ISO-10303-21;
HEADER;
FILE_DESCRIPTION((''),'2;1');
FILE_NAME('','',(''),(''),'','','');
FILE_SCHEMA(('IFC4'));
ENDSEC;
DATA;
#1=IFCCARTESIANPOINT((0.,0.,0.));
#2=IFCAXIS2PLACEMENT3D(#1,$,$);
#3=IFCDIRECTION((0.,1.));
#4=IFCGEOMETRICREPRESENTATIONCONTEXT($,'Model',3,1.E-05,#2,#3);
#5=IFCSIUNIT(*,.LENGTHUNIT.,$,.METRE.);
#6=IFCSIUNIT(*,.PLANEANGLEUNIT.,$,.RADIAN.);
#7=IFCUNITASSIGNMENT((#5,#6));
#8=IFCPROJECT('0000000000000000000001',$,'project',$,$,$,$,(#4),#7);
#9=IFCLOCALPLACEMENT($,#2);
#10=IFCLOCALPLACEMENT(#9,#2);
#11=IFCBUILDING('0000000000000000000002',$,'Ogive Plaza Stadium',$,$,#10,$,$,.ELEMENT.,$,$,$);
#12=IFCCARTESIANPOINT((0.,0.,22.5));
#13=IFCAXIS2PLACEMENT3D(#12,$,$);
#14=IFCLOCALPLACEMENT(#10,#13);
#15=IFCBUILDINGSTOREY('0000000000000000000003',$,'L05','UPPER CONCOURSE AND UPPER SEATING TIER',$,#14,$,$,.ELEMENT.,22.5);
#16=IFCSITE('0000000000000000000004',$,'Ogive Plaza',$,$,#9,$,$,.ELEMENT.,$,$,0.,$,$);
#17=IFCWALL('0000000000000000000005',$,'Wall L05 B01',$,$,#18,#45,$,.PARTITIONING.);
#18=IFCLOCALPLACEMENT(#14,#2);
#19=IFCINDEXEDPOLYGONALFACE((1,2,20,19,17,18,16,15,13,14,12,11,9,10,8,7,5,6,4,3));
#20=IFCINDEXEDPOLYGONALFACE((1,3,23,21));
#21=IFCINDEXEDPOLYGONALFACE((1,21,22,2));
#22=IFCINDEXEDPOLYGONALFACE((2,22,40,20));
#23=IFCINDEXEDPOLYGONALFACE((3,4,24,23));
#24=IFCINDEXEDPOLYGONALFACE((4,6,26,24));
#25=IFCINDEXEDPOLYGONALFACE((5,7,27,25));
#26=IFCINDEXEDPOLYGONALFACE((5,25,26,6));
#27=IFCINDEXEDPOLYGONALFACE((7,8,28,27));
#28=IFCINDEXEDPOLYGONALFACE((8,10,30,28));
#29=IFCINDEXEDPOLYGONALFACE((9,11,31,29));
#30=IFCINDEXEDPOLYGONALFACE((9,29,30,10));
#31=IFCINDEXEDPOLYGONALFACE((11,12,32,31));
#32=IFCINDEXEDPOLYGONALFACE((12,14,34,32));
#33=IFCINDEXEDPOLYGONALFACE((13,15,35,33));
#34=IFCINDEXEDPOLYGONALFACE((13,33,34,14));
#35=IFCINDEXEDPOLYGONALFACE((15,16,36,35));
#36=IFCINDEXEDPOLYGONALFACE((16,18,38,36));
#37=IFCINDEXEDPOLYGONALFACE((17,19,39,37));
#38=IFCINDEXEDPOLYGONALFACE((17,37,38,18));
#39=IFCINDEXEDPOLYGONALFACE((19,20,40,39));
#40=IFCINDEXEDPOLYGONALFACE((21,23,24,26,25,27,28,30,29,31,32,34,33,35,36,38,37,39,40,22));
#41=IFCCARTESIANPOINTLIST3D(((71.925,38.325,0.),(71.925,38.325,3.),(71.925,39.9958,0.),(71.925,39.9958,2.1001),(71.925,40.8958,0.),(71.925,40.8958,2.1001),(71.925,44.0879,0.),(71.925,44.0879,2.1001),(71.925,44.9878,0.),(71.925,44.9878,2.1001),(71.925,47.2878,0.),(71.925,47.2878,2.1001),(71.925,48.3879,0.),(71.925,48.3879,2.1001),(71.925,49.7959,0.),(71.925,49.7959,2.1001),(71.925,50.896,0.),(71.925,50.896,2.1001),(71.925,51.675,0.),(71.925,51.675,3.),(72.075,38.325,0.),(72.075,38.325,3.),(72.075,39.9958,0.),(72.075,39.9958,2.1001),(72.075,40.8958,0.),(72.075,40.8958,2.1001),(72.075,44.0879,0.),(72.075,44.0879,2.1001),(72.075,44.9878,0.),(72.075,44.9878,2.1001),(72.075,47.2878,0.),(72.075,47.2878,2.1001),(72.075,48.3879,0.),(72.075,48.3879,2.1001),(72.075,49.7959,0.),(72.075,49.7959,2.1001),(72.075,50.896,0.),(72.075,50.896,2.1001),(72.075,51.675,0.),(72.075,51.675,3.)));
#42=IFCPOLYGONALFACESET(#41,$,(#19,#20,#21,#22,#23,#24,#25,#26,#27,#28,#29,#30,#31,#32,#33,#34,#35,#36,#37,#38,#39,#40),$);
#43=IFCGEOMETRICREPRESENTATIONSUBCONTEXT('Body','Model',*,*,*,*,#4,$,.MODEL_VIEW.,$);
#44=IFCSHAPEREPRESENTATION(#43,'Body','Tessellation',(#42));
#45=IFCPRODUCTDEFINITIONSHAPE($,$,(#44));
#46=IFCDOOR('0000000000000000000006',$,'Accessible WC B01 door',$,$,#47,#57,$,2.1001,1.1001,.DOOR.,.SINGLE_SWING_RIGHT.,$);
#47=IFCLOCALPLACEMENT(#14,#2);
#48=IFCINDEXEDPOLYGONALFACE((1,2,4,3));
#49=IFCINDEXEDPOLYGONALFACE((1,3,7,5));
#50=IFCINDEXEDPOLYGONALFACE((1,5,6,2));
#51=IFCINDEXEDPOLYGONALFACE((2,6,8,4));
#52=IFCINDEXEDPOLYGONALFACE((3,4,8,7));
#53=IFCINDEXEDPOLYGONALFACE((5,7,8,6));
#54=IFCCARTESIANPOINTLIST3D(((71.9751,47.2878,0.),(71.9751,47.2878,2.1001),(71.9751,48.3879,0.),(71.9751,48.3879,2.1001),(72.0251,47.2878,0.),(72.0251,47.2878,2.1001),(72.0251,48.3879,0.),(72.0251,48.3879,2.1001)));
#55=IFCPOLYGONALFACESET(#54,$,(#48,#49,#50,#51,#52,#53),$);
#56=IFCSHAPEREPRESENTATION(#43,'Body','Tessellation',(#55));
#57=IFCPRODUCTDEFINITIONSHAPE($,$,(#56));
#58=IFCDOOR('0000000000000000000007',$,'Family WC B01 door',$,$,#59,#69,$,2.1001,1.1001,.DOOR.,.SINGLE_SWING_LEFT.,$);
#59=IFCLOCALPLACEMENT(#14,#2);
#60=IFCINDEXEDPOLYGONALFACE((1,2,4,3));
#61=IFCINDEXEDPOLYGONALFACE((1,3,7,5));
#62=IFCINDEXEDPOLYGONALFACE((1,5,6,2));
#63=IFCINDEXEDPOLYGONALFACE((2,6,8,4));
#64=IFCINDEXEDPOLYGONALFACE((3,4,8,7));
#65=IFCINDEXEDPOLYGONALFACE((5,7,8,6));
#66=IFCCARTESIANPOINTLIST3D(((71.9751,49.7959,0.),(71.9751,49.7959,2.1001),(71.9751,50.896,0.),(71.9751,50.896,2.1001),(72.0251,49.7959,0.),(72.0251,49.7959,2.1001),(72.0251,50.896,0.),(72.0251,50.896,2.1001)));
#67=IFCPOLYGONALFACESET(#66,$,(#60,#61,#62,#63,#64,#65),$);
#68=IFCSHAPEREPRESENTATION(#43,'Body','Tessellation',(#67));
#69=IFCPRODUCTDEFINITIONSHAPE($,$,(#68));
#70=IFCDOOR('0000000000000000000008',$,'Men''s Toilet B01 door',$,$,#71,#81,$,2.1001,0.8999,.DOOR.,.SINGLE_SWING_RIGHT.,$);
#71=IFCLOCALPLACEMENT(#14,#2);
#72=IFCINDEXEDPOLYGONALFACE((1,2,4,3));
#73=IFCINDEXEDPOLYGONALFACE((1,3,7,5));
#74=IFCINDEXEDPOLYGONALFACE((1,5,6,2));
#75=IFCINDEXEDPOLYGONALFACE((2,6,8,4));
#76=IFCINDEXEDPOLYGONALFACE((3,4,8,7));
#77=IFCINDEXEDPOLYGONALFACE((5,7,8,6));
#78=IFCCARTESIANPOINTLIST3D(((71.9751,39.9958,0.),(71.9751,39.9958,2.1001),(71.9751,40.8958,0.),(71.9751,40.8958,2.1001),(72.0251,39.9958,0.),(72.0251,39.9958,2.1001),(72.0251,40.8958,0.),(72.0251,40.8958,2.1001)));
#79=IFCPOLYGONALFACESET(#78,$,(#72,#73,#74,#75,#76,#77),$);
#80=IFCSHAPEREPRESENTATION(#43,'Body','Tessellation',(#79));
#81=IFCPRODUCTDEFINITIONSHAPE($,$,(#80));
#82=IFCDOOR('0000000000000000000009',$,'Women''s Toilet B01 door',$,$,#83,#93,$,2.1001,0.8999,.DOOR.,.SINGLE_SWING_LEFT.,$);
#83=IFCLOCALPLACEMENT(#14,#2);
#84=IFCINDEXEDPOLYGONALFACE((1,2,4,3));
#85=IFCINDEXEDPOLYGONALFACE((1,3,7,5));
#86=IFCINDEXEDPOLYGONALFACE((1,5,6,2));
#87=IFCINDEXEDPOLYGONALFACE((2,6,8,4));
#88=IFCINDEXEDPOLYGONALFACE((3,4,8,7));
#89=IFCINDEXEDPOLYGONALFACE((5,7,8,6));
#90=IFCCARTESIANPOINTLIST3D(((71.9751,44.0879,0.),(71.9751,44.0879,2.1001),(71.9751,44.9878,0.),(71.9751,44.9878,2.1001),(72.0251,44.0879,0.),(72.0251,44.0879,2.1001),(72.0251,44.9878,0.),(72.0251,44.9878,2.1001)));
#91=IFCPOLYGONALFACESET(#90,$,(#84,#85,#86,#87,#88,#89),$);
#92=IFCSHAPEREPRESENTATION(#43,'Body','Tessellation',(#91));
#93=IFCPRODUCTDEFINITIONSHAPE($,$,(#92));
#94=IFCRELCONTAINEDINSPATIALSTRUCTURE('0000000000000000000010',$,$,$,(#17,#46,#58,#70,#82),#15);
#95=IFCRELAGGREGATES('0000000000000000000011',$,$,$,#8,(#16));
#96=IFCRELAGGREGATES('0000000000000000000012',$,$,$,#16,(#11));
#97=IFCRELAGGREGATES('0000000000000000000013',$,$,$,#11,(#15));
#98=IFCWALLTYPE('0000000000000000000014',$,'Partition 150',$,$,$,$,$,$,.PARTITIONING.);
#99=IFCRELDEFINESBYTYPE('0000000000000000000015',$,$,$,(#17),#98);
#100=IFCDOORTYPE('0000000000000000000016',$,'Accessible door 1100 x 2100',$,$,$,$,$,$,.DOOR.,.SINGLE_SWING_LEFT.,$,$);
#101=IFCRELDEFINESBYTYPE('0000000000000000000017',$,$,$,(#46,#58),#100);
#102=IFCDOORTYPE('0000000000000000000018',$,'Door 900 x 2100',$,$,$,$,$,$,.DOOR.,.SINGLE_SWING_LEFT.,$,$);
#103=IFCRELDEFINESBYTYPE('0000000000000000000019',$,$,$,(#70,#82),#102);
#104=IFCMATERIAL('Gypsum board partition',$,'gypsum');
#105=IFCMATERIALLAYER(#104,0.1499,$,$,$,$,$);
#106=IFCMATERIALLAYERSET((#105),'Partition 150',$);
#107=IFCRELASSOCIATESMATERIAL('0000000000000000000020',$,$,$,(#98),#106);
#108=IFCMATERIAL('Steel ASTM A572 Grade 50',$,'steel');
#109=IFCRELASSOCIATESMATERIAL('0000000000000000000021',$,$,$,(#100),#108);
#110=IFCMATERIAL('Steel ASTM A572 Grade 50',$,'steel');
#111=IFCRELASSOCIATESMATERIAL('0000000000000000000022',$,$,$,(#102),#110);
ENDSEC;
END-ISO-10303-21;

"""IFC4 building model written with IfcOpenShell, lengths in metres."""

from ifc_helpers import new_model, si_unit, direction, frame, frame_2d, origin, place, context, subcontext, project, spatial, rectangle, extrude, material, layer, layer_set, type_object, element, fill, save


model = new_model("IFC4")

# Units and contexts
model_context = context("Model", 3, precision=1e-05, world=origin(), true_north=direction((0.0, 1.0)))
body_context = subcontext(model_context, "Body", "Model", "MODEL_VIEW")
ifc_project = project(units=[si_unit("LENGTHUNIT", "METRE"), si_unit("PLANEANGLEUNIT", "RADIAN")], contexts=[model_context])

# Site, building, storey
site_placement = place(None, origin())
site = spatial("IfcSite", under=ifc_project, at=site_placement, Name="Ogive Plaza", CompositionType="ELEMENT", RefElevation=0.0)
building_placement = place(site_placement, origin())
building = spatial("IfcBuilding", under=site, at=building_placement, Name="Ogive Plaza Stadium", CompositionType="ELEMENT")
storey_placement = place(building_placement, frame((0.0, 0.0, 22.5)))
storey = spatial("IfcBuildingStorey", under=building, at=storey_placement, Name="L05", Description="UPPER CONCOURSE AND UPPER SEATING TIER", CompositionType="ELEMENT", Elevation=22.5)

# Wall, openings, doors
ifc_material_1 = material(Name="Gypsum board partition", Category="gypsum")
ifc_layer_1 = layer(ifc_material_1, 0.1499)
ifc_layer_set_1 = layer_set([ifc_layer_1], Name="Partition 150")
wall_type_1 = type_object("IfcWallType", Name="Partition 150", PredefinedType="PARTITIONING", material=ifc_layer_set_1)
wall_1_placement = place(storey_placement, frame((72.0, 38.325, 0.0), z_axis=(0.0, 0.0, 1.0), x_axis=(0.0, 1.0, 0.0)))
wall_1 = element("IfcWall", 1, at=wall_1_placement, inside=storey, type_object=wall_type_1, Name="Wall L05 B01", PredefinedType="PARTITIONING", context=body_context, shape_type="SweptSolid", body=[
    extrude(rectangle(XDim=13.3501, YDim=0.1499, at=frame_2d((6.675, 0.0))), origin(), (0.0, 0.0, 1.0), 3.0),
])
opening_1_placement = place(wall_1_placement, frame((1.6709, 0.0, 0.0)))
opening_1 = element("IfcOpeningElement", 2, at=opening_1_placement, cuts=wall_1, PredefinedType="OPENING", context=body_context, shape_type="SweptSolid", body=[
    extrude(rectangle(XDim=0.8999, YDim=2.1001, at=frame_2d((0.45, 1.05))), frame((0.0, 0.075, 0.0), z_axis=(0.0, -1.0, 0.0), x_axis=(1.0, 0.0, 0.0)), (0.0, 0.0, 1.0), 0.1499),
])
opening_2_placement = place(wall_1_placement, frame((5.7629, 0.0, 0.0)))
opening_2 = element("IfcOpeningElement", 3, at=opening_2_placement, cuts=wall_1, PredefinedType="OPENING", context=body_context, shape_type="SweptSolid", body=[
    extrude(rectangle(XDim=0.8999, YDim=2.1001, at=frame_2d((0.45, 1.05))), frame((0.0, 0.075, 0.0), z_axis=(0.0, -1.0, 0.0), x_axis=(1.0, 0.0, 0.0)), (0.0, 0.0, 1.0), 0.1499),
])
opening_3_placement = place(wall_1_placement, frame((8.9629, 0.0, 0.0)))
opening_3 = element("IfcOpeningElement", 4, at=opening_3_placement, cuts=wall_1, PredefinedType="OPENING", context=body_context, shape_type="SweptSolid", body=[
    extrude(rectangle(XDim=1.1001, YDim=2.1001, at=frame_2d((0.55, 1.05))), frame((0.0, 0.075, 0.0), z_axis=(0.0, -1.0, 0.0), x_axis=(1.0, 0.0, 0.0)), (0.0, 0.0, 1.0), 0.1499),
])
opening_4_placement = place(wall_1_placement, frame((11.4709, 0.0, 0.0)))
opening_4 = element("IfcOpeningElement", 5, at=opening_4_placement, cuts=wall_1, PredefinedType="OPENING", context=body_context, shape_type="SweptSolid", body=[
    extrude(rectangle(XDim=1.1001, YDim=2.1001, at=frame_2d((0.55, 1.05))), frame((0.0, 0.075, 0.0), z_axis=(0.0, -1.0, 0.0), x_axis=(1.0, 0.0, 0.0)), (0.0, 0.0, 1.0), 0.1499),
])
ifc_material_2 = material(Name="Steel ASTM A572 Grade 50", Category="steel")
door_type_1 = type_object("IfcDoorType", Name="Accessible door 1100 x 2100", OperationType="SINGLE_SWING_LEFT", PredefinedType="DOOR", material=ifc_material_2)
door_1_placement = place(opening_3_placement, origin())
door_1 = element("IfcDoor", 6, at=door_1_placement, inside=storey, type_object=door_type_1, Name="Accessible WC B01 door", OperationType="SINGLE_SWING_RIGHT", OverallHeight=2.1001, OverallWidth=1.1001, PredefinedType="DOOR", context=body_context, shape_type="SweptSolid", body=[
    extrude(rectangle(XDim=1.1001, YDim=2.1001, at=frame_2d((0.55, 1.05))), frame((0.0, 0.0249, 0.0), z_axis=(0.0, -1.0, 0.0), x_axis=(1.0, 0.0, 0.0)), (0.0, 0.0, 1.0), 0.05),
])
fill(opening_3, door_1)
door_2_placement = place(opening_4_placement, origin())
door_2 = element("IfcDoor", 7, at=door_2_placement, inside=storey, type_object=door_type_1, Name="Family WC B01 door", OperationType="SINGLE_SWING_LEFT", OverallHeight=2.1001, OverallWidth=1.1001, PredefinedType="DOOR", context=body_context, shape_type="SweptSolid", body=[
    extrude(rectangle(XDim=1.1001, YDim=2.1001, at=frame_2d((0.55, 1.05))), frame((0.0, 0.0249, 0.0), z_axis=(0.0, -1.0, 0.0), x_axis=(1.0, 0.0, 0.0)), (0.0, 0.0, 1.0), 0.05),
])
fill(opening_4, door_2)
ifc_material_3 = material(Name="Steel ASTM A572 Grade 50", Category="steel")
door_type_2 = type_object("IfcDoorType", Name="Door 900 x 2100", OperationType="SINGLE_SWING_LEFT", PredefinedType="DOOR", material=ifc_material_3)
door_3_placement = place(opening_1_placement, origin())
door_3 = element("IfcDoor", 8, at=door_3_placement, inside=storey, type_object=door_type_2, Name="Men's Toilet B01 door", OperationType="SINGLE_SWING_RIGHT", OverallHeight=2.1001, OverallWidth=0.8999, PredefinedType="DOOR", context=body_context, shape_type="SweptSolid", body=[
    extrude(rectangle(XDim=0.8999, YDim=2.1001, at=frame_2d((0.45, 1.05))), frame((0.0, 0.0249, 0.0), z_axis=(0.0, -1.0, 0.0), x_axis=(1.0, 0.0, 0.0)), (0.0, 0.0, 1.0), 0.05),
])
fill(opening_1, door_3)
door_4_placement = place(opening_2_placement, origin())
door_4 = element("IfcDoor", 9, at=door_4_placement, inside=storey, type_object=door_type_2, Name="Women's Toilet B01 door", OperationType="SINGLE_SWING_LEFT", OverallHeight=2.1001, OverallWidth=0.8999, PredefinedType="DOOR", context=body_context, shape_type="SweptSolid", body=[
    extrude(rectangle(XDim=0.8999, YDim=2.1001, at=frame_2d((0.45, 1.05))), frame((0.0, 0.0249, 0.0), z_axis=(0.0, -1.0, 0.0), x_axis=(1.0, 0.0, 0.0)), (0.0, 0.0, 1.0), 0.05),
])
fill(opening_2, door_4)

save(model, "model.ifc")
